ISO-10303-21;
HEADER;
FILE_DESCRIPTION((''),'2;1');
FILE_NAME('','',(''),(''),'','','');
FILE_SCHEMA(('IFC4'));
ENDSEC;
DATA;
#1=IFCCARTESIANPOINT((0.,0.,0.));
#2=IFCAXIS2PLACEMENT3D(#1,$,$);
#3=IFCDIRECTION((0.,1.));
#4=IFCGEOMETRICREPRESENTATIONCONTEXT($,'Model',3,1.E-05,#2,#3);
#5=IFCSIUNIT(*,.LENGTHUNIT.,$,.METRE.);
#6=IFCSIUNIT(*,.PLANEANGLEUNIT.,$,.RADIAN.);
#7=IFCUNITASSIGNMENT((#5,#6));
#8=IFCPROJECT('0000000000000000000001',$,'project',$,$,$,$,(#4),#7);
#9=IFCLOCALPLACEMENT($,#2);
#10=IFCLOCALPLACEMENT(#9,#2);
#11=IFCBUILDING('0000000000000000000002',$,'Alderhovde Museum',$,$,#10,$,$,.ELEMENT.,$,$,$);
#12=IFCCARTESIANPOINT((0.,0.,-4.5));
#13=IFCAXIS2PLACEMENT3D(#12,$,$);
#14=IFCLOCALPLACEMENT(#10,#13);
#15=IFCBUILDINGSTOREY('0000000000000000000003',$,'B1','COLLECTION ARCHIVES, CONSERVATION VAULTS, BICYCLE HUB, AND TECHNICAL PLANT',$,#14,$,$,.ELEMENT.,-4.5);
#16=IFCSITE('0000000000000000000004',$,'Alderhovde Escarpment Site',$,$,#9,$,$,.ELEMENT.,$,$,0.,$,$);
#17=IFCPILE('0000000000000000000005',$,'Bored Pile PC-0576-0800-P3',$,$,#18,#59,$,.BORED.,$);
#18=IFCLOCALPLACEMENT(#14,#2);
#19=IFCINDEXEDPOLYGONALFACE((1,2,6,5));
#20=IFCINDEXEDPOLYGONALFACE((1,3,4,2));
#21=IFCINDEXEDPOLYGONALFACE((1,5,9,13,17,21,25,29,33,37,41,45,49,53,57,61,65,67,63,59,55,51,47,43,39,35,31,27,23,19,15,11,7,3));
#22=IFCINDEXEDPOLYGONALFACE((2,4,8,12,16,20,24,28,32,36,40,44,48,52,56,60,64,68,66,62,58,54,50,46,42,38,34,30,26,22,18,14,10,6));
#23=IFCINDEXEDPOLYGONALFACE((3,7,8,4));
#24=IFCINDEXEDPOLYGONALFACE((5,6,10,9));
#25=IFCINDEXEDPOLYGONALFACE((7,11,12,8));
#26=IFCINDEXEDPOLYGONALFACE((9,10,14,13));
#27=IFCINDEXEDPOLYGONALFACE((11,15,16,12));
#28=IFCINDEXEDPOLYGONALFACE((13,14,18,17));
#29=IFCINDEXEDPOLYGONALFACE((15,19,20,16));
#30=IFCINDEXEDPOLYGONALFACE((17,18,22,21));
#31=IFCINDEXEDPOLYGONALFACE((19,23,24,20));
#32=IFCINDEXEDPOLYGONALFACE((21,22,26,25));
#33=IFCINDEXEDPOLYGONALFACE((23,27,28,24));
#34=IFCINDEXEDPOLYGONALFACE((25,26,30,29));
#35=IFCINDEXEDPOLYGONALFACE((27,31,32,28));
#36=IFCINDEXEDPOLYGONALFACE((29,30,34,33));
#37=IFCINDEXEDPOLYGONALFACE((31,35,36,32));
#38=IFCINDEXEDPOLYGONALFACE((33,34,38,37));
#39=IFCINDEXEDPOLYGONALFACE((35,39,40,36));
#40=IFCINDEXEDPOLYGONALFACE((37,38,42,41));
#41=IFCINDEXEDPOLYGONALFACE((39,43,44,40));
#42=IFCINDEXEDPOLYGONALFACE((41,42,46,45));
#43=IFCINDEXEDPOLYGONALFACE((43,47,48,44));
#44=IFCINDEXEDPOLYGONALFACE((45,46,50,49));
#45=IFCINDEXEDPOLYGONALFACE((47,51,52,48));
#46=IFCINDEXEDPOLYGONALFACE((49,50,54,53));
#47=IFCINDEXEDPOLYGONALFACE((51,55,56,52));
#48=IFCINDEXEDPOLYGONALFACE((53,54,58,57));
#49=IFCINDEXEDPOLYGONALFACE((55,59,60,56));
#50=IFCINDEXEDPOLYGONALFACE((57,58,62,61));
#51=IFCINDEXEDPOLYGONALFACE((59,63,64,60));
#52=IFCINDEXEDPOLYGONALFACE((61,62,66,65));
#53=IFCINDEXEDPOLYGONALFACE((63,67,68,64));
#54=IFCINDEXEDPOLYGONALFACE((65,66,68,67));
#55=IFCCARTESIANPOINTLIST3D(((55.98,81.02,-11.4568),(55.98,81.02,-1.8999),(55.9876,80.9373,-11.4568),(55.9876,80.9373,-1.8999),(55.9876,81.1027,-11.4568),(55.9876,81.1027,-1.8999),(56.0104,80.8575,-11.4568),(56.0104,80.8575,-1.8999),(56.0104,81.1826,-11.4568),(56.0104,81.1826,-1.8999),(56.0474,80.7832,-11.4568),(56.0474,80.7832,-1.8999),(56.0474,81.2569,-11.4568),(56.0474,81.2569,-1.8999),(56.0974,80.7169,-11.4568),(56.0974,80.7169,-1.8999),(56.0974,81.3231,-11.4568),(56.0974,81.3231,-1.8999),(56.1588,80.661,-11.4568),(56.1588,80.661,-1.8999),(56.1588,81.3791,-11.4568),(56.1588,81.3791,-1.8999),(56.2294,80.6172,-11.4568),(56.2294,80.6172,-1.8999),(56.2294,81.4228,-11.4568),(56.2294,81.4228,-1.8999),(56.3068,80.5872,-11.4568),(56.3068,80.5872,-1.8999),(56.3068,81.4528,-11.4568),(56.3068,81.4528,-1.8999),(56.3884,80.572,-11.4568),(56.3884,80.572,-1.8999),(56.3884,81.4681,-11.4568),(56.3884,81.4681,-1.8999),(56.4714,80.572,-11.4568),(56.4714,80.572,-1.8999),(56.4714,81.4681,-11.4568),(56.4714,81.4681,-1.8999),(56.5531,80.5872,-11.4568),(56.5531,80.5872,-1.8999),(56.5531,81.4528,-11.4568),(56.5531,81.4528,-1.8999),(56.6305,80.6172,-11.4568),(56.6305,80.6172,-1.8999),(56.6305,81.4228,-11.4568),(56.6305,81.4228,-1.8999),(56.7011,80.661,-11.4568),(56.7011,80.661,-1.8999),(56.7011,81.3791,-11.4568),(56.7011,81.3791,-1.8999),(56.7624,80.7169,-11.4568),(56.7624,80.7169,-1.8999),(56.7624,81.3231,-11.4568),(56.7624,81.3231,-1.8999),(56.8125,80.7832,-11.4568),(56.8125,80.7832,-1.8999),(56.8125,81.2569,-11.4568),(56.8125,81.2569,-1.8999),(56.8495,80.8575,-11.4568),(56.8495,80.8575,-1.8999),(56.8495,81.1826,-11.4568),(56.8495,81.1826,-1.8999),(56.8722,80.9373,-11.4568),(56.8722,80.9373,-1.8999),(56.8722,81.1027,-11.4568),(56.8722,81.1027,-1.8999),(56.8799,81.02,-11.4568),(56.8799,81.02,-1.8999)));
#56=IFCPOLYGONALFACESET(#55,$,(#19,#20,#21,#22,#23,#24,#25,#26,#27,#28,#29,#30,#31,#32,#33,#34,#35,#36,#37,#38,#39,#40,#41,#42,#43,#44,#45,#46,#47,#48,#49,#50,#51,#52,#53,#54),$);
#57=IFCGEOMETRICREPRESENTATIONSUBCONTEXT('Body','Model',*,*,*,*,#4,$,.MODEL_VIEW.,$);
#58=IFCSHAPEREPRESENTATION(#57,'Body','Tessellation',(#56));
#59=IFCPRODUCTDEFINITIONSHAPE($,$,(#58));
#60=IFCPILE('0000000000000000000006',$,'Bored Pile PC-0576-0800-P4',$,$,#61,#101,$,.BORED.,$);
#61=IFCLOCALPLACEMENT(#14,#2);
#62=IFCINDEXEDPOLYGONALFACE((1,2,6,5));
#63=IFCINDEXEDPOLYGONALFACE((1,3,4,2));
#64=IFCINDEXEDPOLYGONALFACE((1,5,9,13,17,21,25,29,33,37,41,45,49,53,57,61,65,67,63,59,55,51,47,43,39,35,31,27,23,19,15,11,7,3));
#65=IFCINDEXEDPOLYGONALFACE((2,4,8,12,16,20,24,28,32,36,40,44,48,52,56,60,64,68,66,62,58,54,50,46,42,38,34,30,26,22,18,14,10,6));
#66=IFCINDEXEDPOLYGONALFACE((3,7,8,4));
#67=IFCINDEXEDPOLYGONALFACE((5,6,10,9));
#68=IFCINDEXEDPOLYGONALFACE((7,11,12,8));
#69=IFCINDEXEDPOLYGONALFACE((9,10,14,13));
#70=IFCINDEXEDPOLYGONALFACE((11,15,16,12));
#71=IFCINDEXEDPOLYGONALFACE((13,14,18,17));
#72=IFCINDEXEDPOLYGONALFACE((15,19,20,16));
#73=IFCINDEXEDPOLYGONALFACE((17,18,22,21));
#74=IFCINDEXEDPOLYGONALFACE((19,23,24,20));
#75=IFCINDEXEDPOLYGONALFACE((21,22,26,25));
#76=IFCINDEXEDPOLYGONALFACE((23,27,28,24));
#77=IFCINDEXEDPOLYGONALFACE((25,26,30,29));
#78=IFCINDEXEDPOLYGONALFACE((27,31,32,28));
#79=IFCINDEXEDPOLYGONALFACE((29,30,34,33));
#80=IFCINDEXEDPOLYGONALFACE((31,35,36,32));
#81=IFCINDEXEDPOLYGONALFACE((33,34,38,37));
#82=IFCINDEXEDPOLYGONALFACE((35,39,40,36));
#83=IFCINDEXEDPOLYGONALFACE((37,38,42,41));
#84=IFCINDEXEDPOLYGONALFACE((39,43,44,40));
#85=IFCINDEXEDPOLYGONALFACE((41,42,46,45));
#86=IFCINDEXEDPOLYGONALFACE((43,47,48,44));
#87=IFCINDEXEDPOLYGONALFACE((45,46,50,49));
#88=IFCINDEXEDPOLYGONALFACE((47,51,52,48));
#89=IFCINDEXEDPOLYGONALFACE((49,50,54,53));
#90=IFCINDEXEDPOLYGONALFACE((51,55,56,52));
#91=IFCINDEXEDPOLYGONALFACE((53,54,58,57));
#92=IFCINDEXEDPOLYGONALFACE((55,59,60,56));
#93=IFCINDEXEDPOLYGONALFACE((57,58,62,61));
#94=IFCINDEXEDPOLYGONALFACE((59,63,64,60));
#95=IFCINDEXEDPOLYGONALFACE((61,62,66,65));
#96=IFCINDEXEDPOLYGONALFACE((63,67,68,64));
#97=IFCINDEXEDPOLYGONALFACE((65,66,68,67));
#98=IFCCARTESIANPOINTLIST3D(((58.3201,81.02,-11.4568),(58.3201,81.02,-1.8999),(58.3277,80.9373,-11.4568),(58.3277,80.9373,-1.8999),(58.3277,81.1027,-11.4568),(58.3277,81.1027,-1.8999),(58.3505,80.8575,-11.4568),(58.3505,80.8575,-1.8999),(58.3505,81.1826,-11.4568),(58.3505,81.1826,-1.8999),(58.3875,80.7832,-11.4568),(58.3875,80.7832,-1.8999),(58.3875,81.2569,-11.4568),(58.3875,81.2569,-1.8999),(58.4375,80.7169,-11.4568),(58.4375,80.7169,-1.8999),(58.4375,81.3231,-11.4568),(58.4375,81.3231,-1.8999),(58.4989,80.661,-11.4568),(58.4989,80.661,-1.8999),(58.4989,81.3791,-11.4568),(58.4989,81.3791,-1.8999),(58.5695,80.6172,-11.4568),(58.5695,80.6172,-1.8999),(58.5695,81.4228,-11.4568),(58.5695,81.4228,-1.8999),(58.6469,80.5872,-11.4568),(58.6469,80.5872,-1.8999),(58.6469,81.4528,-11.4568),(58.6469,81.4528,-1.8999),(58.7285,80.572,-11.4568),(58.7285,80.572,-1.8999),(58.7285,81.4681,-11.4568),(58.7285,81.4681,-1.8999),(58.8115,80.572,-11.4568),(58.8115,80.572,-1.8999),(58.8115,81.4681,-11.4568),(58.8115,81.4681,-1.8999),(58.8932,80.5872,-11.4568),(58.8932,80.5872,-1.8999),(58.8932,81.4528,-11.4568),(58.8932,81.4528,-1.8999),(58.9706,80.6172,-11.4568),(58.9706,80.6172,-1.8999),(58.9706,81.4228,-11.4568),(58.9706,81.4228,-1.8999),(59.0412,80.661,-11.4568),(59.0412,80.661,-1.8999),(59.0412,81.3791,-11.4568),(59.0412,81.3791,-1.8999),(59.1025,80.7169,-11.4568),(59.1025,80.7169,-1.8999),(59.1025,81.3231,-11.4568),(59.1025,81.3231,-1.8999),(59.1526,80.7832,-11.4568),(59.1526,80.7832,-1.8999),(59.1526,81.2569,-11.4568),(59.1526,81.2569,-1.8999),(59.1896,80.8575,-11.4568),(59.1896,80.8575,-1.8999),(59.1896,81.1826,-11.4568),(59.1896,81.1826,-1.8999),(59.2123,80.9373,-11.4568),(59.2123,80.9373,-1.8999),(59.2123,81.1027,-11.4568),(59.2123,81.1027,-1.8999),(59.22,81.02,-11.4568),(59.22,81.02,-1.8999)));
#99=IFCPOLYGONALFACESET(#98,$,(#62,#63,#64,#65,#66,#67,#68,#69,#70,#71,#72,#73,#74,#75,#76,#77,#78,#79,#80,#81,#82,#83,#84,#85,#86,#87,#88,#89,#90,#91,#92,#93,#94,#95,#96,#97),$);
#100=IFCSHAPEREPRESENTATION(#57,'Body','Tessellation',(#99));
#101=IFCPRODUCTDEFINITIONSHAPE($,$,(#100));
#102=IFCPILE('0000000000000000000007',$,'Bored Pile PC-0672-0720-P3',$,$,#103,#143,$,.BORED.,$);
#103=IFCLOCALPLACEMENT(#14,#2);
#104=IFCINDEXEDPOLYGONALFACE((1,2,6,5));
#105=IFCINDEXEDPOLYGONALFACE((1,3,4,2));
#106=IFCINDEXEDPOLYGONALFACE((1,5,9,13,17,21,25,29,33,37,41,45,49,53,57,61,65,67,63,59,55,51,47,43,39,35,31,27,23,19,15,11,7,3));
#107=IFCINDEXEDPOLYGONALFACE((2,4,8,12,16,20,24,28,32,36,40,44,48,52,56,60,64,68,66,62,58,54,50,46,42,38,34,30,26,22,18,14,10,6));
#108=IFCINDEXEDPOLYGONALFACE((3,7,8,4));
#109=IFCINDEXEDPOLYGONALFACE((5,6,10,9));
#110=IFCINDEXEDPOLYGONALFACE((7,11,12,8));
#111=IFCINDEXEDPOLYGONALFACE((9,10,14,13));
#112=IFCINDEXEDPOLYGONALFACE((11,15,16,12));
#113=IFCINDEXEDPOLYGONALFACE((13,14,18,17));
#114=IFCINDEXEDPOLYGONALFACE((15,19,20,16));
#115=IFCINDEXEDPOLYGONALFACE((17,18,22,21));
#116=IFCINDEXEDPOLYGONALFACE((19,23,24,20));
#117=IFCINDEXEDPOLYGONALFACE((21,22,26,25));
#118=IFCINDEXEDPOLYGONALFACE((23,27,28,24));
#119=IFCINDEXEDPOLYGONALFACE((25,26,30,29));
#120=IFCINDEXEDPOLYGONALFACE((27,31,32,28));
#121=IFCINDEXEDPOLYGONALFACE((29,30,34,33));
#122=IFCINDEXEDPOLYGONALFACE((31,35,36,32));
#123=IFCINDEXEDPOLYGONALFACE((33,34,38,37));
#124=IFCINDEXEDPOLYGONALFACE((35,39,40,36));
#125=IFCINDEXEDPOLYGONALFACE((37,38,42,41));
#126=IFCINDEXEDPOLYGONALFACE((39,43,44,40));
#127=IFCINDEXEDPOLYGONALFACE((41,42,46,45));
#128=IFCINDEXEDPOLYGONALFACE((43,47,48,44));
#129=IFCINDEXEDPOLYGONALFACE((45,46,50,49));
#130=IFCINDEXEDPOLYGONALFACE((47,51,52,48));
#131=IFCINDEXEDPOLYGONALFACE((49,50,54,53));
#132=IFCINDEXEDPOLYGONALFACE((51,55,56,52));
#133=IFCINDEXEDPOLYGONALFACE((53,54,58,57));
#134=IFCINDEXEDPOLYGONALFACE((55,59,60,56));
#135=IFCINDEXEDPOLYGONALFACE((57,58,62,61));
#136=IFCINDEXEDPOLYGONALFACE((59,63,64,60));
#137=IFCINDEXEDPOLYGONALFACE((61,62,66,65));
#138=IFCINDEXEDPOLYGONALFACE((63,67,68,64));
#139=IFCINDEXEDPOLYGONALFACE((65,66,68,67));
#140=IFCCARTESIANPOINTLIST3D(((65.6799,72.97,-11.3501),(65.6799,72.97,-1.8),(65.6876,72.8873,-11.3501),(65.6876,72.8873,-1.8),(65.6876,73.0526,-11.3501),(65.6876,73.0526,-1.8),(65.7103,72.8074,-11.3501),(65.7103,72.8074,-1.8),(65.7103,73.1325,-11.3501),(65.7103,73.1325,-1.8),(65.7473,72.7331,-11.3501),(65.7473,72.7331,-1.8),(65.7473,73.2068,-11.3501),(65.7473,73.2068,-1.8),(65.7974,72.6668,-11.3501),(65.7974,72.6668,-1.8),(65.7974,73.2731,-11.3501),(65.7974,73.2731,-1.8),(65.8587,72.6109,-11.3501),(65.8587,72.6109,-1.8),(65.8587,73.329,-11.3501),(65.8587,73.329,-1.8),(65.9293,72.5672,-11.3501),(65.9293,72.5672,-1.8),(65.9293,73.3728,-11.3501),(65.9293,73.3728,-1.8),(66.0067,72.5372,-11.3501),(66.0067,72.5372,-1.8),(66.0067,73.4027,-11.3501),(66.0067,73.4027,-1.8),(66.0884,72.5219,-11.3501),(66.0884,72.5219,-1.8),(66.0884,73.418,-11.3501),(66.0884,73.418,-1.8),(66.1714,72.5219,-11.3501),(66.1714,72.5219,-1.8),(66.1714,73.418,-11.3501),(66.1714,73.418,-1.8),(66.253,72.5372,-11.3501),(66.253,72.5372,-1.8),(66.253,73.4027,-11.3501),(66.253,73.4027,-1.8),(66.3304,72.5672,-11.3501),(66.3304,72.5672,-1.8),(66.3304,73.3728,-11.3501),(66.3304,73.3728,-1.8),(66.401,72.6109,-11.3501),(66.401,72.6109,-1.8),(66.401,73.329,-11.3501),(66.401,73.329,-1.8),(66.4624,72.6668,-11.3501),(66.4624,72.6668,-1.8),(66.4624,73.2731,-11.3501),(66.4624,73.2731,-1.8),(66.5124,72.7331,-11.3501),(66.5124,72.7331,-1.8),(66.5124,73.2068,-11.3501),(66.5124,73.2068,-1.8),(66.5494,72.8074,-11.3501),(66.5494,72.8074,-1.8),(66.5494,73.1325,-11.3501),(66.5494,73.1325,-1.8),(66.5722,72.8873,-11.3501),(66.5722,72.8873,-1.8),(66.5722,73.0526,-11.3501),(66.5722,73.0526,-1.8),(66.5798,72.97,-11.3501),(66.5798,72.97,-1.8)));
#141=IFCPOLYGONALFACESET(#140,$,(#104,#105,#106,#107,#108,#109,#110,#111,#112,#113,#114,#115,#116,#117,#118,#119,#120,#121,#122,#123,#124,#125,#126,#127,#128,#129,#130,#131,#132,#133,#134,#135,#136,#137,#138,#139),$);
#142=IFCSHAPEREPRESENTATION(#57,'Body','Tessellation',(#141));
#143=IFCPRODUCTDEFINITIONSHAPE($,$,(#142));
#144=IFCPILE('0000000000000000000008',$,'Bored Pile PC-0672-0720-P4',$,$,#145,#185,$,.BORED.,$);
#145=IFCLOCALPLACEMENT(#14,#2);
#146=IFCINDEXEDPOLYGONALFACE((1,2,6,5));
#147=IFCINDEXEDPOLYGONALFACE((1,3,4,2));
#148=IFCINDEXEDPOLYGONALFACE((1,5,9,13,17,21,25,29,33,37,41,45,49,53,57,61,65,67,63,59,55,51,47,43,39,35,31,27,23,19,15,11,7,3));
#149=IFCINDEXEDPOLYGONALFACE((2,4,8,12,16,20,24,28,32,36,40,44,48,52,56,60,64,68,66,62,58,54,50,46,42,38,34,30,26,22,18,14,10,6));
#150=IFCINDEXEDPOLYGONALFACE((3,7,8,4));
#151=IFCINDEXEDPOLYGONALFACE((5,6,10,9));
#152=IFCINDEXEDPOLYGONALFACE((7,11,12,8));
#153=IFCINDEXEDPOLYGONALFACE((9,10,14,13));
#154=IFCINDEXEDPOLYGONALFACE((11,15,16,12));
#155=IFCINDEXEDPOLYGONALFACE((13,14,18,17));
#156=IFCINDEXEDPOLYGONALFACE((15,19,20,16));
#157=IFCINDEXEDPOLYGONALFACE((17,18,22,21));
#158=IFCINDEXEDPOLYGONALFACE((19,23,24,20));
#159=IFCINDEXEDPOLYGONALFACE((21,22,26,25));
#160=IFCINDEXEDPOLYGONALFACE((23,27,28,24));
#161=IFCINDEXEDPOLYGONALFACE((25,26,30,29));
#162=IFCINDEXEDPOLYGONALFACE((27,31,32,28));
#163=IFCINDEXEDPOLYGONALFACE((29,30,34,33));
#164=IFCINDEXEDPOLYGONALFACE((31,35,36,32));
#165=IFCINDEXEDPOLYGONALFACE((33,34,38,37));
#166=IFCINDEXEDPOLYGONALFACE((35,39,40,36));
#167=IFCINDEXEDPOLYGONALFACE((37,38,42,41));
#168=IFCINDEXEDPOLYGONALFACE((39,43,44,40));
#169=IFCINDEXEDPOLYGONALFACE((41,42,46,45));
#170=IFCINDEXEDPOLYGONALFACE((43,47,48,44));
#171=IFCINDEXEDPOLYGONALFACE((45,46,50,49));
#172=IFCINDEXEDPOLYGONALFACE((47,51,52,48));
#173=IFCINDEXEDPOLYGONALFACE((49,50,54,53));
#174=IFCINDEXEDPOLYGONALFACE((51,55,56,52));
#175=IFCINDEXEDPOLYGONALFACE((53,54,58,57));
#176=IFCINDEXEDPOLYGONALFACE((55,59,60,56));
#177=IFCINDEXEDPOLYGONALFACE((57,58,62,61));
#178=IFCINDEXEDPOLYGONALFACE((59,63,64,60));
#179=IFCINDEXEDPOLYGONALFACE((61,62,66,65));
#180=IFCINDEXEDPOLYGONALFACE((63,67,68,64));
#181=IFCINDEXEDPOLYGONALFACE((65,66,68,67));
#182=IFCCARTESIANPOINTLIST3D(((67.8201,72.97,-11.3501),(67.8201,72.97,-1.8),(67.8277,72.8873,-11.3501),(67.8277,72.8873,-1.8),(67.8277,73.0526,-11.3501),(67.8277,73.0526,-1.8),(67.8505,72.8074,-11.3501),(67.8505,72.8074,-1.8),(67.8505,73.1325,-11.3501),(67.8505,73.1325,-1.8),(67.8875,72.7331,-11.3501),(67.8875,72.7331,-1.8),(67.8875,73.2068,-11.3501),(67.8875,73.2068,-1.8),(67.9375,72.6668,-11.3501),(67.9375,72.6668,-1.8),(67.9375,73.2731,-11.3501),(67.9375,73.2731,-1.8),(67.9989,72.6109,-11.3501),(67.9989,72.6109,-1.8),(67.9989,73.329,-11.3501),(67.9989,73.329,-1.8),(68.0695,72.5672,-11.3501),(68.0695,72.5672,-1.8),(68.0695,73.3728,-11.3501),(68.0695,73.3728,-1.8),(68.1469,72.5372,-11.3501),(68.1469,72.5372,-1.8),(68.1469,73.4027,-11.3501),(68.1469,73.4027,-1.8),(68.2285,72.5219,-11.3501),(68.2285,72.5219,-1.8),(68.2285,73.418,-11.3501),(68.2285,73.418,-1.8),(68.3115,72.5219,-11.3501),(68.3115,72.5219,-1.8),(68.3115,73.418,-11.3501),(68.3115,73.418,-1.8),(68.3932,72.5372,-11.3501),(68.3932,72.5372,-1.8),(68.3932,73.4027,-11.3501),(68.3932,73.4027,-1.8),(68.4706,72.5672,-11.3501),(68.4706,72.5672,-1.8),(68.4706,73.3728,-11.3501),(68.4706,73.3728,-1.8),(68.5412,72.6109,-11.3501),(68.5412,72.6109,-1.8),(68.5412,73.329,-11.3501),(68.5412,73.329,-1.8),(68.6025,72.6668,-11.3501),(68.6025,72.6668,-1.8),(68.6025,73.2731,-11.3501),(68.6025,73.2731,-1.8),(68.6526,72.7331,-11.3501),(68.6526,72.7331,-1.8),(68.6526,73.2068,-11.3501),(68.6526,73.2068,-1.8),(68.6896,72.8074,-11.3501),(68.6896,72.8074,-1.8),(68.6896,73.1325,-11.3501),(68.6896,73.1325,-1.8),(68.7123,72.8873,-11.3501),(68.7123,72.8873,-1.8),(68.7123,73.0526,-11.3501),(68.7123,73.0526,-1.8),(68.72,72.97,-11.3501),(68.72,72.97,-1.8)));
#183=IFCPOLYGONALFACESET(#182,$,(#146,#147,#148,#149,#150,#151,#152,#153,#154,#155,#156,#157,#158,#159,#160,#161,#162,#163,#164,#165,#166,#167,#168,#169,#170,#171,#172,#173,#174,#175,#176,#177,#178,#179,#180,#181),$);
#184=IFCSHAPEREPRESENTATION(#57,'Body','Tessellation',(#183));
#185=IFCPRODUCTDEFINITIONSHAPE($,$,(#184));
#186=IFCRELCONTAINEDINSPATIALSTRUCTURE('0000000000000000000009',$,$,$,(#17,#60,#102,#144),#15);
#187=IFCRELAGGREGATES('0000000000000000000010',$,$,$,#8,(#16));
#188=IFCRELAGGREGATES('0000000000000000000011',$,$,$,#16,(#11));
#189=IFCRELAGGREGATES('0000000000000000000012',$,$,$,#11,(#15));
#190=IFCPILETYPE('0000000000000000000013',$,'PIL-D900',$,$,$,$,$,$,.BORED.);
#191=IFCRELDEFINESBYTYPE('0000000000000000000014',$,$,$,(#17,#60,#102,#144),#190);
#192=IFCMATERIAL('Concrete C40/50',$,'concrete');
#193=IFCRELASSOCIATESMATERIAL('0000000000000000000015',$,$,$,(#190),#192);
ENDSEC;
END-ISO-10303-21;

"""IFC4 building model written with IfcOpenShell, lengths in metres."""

from ifc_helpers import new_model, si_unit, direction, frame, origin, origin_2d, place, context, subcontext, project, spatial, circle, extrude, material, material_profile, profile_set, type_object, element, save


model = new_model("IFC4")

# Units and contexts
model_context = context("Model", 3, precision=1e-05, world=origin(), true_north=direction((0.0, 1.0)))
body_context = subcontext(model_context, "Body", "Model", "MODEL_VIEW")
ifc_project = project(units=[si_unit("LENGTHUNIT", "METRE"), si_unit("PLANEANGLEUNIT", "RADIAN")], contexts=[model_context])

# Site, building, storey
site_placement = place(None, origin())
site = spatial("IfcSite", under=ifc_project, at=site_placement, Name="Alderhovde Escarpment Site", CompositionType="ELEMENT", RefElevation=0.0)
building_placement = place(site_placement, origin())
building = spatial("IfcBuilding", under=site, at=building_placement, Name="Alderhovde Museum", CompositionType="ELEMENT")
storey_placement = place(building_placement, frame((0.0, 0.0, -4.5)))
storey = spatial("IfcBuildingStorey", under=building, at=storey_placement, Name="B1", Description="COLLECTION ARCHIVES, CONSERVATION VAULTS, BICYCLE HUB, AND TECHNICAL PLANT", CompositionType="ELEMENT", Elevation=-4.5)

# Piles
ifc_material_1 = material(Name="Concrete C40/50", Category="concrete")
ifc_material_profile_1 = material_profile(ifc_material_1, circle(Radius=0.45, at=origin_2d()), Name="PILE-D900")
ifc_profile_set_1 = profile_set([ifc_material_profile_1], Name="Concrete C40/50")
pile_type = type_object("IfcPileType", Name="PIL-D900", PredefinedType="BORED", material=ifc_profile_set_1)
for number, where, z_axis, x_axis, name in (
    (1, (56.4299, 81.02, -1.8999), (0.0, 0.0, -1.0), (1.0, 0.0, 0.0), "Bored Pile PC-0576-0800-P3"),
    (2, (58.77, 81.02, -1.8999), (0.0, 0.0, -1.0), (1.0, 0.0, 0.0), "Bored Pile PC-0576-0800-P4"),
):
    element("IfcPile", number, at=place(storey_placement, frame(where, z_axis=z_axis, x_axis=x_axis)), inside=storey, type_object=pile_type, Name=name, PredefinedType="BORED", context=body_context, shape_type="SweptSolid", body=[
        extrude(circle(Radius=0.45, at=origin_2d()), origin(), (0.0, 0.0, 1.0), 9.5569),
    ])
for number, where, z_axis, x_axis, name in (
    (3, (66.1299, 72.97, -1.8), (0.0, 0.0, -1.0), (1.0, 0.0, 0.0), "Bored Pile PC-0672-0720-P3"),
    (4, (68.27, 72.97, -1.8), (0.0, 0.0, -1.0), (1.0, 0.0, 0.0), "Bored Pile PC-0672-0720-P4"),
):
    element("IfcPile", number, at=place(storey_placement, frame(where, z_axis=z_axis, x_axis=x_axis)), inside=storey, type_object=pile_type, Name=name, PredefinedType="BORED", context=body_context, shape_type="SweptSolid", body=[
        extrude(circle(Radius=0.45, at=origin_2d()), origin(), (0.0, 0.0, 1.0), 9.55),
    ])

save(model, "model.ifc")
